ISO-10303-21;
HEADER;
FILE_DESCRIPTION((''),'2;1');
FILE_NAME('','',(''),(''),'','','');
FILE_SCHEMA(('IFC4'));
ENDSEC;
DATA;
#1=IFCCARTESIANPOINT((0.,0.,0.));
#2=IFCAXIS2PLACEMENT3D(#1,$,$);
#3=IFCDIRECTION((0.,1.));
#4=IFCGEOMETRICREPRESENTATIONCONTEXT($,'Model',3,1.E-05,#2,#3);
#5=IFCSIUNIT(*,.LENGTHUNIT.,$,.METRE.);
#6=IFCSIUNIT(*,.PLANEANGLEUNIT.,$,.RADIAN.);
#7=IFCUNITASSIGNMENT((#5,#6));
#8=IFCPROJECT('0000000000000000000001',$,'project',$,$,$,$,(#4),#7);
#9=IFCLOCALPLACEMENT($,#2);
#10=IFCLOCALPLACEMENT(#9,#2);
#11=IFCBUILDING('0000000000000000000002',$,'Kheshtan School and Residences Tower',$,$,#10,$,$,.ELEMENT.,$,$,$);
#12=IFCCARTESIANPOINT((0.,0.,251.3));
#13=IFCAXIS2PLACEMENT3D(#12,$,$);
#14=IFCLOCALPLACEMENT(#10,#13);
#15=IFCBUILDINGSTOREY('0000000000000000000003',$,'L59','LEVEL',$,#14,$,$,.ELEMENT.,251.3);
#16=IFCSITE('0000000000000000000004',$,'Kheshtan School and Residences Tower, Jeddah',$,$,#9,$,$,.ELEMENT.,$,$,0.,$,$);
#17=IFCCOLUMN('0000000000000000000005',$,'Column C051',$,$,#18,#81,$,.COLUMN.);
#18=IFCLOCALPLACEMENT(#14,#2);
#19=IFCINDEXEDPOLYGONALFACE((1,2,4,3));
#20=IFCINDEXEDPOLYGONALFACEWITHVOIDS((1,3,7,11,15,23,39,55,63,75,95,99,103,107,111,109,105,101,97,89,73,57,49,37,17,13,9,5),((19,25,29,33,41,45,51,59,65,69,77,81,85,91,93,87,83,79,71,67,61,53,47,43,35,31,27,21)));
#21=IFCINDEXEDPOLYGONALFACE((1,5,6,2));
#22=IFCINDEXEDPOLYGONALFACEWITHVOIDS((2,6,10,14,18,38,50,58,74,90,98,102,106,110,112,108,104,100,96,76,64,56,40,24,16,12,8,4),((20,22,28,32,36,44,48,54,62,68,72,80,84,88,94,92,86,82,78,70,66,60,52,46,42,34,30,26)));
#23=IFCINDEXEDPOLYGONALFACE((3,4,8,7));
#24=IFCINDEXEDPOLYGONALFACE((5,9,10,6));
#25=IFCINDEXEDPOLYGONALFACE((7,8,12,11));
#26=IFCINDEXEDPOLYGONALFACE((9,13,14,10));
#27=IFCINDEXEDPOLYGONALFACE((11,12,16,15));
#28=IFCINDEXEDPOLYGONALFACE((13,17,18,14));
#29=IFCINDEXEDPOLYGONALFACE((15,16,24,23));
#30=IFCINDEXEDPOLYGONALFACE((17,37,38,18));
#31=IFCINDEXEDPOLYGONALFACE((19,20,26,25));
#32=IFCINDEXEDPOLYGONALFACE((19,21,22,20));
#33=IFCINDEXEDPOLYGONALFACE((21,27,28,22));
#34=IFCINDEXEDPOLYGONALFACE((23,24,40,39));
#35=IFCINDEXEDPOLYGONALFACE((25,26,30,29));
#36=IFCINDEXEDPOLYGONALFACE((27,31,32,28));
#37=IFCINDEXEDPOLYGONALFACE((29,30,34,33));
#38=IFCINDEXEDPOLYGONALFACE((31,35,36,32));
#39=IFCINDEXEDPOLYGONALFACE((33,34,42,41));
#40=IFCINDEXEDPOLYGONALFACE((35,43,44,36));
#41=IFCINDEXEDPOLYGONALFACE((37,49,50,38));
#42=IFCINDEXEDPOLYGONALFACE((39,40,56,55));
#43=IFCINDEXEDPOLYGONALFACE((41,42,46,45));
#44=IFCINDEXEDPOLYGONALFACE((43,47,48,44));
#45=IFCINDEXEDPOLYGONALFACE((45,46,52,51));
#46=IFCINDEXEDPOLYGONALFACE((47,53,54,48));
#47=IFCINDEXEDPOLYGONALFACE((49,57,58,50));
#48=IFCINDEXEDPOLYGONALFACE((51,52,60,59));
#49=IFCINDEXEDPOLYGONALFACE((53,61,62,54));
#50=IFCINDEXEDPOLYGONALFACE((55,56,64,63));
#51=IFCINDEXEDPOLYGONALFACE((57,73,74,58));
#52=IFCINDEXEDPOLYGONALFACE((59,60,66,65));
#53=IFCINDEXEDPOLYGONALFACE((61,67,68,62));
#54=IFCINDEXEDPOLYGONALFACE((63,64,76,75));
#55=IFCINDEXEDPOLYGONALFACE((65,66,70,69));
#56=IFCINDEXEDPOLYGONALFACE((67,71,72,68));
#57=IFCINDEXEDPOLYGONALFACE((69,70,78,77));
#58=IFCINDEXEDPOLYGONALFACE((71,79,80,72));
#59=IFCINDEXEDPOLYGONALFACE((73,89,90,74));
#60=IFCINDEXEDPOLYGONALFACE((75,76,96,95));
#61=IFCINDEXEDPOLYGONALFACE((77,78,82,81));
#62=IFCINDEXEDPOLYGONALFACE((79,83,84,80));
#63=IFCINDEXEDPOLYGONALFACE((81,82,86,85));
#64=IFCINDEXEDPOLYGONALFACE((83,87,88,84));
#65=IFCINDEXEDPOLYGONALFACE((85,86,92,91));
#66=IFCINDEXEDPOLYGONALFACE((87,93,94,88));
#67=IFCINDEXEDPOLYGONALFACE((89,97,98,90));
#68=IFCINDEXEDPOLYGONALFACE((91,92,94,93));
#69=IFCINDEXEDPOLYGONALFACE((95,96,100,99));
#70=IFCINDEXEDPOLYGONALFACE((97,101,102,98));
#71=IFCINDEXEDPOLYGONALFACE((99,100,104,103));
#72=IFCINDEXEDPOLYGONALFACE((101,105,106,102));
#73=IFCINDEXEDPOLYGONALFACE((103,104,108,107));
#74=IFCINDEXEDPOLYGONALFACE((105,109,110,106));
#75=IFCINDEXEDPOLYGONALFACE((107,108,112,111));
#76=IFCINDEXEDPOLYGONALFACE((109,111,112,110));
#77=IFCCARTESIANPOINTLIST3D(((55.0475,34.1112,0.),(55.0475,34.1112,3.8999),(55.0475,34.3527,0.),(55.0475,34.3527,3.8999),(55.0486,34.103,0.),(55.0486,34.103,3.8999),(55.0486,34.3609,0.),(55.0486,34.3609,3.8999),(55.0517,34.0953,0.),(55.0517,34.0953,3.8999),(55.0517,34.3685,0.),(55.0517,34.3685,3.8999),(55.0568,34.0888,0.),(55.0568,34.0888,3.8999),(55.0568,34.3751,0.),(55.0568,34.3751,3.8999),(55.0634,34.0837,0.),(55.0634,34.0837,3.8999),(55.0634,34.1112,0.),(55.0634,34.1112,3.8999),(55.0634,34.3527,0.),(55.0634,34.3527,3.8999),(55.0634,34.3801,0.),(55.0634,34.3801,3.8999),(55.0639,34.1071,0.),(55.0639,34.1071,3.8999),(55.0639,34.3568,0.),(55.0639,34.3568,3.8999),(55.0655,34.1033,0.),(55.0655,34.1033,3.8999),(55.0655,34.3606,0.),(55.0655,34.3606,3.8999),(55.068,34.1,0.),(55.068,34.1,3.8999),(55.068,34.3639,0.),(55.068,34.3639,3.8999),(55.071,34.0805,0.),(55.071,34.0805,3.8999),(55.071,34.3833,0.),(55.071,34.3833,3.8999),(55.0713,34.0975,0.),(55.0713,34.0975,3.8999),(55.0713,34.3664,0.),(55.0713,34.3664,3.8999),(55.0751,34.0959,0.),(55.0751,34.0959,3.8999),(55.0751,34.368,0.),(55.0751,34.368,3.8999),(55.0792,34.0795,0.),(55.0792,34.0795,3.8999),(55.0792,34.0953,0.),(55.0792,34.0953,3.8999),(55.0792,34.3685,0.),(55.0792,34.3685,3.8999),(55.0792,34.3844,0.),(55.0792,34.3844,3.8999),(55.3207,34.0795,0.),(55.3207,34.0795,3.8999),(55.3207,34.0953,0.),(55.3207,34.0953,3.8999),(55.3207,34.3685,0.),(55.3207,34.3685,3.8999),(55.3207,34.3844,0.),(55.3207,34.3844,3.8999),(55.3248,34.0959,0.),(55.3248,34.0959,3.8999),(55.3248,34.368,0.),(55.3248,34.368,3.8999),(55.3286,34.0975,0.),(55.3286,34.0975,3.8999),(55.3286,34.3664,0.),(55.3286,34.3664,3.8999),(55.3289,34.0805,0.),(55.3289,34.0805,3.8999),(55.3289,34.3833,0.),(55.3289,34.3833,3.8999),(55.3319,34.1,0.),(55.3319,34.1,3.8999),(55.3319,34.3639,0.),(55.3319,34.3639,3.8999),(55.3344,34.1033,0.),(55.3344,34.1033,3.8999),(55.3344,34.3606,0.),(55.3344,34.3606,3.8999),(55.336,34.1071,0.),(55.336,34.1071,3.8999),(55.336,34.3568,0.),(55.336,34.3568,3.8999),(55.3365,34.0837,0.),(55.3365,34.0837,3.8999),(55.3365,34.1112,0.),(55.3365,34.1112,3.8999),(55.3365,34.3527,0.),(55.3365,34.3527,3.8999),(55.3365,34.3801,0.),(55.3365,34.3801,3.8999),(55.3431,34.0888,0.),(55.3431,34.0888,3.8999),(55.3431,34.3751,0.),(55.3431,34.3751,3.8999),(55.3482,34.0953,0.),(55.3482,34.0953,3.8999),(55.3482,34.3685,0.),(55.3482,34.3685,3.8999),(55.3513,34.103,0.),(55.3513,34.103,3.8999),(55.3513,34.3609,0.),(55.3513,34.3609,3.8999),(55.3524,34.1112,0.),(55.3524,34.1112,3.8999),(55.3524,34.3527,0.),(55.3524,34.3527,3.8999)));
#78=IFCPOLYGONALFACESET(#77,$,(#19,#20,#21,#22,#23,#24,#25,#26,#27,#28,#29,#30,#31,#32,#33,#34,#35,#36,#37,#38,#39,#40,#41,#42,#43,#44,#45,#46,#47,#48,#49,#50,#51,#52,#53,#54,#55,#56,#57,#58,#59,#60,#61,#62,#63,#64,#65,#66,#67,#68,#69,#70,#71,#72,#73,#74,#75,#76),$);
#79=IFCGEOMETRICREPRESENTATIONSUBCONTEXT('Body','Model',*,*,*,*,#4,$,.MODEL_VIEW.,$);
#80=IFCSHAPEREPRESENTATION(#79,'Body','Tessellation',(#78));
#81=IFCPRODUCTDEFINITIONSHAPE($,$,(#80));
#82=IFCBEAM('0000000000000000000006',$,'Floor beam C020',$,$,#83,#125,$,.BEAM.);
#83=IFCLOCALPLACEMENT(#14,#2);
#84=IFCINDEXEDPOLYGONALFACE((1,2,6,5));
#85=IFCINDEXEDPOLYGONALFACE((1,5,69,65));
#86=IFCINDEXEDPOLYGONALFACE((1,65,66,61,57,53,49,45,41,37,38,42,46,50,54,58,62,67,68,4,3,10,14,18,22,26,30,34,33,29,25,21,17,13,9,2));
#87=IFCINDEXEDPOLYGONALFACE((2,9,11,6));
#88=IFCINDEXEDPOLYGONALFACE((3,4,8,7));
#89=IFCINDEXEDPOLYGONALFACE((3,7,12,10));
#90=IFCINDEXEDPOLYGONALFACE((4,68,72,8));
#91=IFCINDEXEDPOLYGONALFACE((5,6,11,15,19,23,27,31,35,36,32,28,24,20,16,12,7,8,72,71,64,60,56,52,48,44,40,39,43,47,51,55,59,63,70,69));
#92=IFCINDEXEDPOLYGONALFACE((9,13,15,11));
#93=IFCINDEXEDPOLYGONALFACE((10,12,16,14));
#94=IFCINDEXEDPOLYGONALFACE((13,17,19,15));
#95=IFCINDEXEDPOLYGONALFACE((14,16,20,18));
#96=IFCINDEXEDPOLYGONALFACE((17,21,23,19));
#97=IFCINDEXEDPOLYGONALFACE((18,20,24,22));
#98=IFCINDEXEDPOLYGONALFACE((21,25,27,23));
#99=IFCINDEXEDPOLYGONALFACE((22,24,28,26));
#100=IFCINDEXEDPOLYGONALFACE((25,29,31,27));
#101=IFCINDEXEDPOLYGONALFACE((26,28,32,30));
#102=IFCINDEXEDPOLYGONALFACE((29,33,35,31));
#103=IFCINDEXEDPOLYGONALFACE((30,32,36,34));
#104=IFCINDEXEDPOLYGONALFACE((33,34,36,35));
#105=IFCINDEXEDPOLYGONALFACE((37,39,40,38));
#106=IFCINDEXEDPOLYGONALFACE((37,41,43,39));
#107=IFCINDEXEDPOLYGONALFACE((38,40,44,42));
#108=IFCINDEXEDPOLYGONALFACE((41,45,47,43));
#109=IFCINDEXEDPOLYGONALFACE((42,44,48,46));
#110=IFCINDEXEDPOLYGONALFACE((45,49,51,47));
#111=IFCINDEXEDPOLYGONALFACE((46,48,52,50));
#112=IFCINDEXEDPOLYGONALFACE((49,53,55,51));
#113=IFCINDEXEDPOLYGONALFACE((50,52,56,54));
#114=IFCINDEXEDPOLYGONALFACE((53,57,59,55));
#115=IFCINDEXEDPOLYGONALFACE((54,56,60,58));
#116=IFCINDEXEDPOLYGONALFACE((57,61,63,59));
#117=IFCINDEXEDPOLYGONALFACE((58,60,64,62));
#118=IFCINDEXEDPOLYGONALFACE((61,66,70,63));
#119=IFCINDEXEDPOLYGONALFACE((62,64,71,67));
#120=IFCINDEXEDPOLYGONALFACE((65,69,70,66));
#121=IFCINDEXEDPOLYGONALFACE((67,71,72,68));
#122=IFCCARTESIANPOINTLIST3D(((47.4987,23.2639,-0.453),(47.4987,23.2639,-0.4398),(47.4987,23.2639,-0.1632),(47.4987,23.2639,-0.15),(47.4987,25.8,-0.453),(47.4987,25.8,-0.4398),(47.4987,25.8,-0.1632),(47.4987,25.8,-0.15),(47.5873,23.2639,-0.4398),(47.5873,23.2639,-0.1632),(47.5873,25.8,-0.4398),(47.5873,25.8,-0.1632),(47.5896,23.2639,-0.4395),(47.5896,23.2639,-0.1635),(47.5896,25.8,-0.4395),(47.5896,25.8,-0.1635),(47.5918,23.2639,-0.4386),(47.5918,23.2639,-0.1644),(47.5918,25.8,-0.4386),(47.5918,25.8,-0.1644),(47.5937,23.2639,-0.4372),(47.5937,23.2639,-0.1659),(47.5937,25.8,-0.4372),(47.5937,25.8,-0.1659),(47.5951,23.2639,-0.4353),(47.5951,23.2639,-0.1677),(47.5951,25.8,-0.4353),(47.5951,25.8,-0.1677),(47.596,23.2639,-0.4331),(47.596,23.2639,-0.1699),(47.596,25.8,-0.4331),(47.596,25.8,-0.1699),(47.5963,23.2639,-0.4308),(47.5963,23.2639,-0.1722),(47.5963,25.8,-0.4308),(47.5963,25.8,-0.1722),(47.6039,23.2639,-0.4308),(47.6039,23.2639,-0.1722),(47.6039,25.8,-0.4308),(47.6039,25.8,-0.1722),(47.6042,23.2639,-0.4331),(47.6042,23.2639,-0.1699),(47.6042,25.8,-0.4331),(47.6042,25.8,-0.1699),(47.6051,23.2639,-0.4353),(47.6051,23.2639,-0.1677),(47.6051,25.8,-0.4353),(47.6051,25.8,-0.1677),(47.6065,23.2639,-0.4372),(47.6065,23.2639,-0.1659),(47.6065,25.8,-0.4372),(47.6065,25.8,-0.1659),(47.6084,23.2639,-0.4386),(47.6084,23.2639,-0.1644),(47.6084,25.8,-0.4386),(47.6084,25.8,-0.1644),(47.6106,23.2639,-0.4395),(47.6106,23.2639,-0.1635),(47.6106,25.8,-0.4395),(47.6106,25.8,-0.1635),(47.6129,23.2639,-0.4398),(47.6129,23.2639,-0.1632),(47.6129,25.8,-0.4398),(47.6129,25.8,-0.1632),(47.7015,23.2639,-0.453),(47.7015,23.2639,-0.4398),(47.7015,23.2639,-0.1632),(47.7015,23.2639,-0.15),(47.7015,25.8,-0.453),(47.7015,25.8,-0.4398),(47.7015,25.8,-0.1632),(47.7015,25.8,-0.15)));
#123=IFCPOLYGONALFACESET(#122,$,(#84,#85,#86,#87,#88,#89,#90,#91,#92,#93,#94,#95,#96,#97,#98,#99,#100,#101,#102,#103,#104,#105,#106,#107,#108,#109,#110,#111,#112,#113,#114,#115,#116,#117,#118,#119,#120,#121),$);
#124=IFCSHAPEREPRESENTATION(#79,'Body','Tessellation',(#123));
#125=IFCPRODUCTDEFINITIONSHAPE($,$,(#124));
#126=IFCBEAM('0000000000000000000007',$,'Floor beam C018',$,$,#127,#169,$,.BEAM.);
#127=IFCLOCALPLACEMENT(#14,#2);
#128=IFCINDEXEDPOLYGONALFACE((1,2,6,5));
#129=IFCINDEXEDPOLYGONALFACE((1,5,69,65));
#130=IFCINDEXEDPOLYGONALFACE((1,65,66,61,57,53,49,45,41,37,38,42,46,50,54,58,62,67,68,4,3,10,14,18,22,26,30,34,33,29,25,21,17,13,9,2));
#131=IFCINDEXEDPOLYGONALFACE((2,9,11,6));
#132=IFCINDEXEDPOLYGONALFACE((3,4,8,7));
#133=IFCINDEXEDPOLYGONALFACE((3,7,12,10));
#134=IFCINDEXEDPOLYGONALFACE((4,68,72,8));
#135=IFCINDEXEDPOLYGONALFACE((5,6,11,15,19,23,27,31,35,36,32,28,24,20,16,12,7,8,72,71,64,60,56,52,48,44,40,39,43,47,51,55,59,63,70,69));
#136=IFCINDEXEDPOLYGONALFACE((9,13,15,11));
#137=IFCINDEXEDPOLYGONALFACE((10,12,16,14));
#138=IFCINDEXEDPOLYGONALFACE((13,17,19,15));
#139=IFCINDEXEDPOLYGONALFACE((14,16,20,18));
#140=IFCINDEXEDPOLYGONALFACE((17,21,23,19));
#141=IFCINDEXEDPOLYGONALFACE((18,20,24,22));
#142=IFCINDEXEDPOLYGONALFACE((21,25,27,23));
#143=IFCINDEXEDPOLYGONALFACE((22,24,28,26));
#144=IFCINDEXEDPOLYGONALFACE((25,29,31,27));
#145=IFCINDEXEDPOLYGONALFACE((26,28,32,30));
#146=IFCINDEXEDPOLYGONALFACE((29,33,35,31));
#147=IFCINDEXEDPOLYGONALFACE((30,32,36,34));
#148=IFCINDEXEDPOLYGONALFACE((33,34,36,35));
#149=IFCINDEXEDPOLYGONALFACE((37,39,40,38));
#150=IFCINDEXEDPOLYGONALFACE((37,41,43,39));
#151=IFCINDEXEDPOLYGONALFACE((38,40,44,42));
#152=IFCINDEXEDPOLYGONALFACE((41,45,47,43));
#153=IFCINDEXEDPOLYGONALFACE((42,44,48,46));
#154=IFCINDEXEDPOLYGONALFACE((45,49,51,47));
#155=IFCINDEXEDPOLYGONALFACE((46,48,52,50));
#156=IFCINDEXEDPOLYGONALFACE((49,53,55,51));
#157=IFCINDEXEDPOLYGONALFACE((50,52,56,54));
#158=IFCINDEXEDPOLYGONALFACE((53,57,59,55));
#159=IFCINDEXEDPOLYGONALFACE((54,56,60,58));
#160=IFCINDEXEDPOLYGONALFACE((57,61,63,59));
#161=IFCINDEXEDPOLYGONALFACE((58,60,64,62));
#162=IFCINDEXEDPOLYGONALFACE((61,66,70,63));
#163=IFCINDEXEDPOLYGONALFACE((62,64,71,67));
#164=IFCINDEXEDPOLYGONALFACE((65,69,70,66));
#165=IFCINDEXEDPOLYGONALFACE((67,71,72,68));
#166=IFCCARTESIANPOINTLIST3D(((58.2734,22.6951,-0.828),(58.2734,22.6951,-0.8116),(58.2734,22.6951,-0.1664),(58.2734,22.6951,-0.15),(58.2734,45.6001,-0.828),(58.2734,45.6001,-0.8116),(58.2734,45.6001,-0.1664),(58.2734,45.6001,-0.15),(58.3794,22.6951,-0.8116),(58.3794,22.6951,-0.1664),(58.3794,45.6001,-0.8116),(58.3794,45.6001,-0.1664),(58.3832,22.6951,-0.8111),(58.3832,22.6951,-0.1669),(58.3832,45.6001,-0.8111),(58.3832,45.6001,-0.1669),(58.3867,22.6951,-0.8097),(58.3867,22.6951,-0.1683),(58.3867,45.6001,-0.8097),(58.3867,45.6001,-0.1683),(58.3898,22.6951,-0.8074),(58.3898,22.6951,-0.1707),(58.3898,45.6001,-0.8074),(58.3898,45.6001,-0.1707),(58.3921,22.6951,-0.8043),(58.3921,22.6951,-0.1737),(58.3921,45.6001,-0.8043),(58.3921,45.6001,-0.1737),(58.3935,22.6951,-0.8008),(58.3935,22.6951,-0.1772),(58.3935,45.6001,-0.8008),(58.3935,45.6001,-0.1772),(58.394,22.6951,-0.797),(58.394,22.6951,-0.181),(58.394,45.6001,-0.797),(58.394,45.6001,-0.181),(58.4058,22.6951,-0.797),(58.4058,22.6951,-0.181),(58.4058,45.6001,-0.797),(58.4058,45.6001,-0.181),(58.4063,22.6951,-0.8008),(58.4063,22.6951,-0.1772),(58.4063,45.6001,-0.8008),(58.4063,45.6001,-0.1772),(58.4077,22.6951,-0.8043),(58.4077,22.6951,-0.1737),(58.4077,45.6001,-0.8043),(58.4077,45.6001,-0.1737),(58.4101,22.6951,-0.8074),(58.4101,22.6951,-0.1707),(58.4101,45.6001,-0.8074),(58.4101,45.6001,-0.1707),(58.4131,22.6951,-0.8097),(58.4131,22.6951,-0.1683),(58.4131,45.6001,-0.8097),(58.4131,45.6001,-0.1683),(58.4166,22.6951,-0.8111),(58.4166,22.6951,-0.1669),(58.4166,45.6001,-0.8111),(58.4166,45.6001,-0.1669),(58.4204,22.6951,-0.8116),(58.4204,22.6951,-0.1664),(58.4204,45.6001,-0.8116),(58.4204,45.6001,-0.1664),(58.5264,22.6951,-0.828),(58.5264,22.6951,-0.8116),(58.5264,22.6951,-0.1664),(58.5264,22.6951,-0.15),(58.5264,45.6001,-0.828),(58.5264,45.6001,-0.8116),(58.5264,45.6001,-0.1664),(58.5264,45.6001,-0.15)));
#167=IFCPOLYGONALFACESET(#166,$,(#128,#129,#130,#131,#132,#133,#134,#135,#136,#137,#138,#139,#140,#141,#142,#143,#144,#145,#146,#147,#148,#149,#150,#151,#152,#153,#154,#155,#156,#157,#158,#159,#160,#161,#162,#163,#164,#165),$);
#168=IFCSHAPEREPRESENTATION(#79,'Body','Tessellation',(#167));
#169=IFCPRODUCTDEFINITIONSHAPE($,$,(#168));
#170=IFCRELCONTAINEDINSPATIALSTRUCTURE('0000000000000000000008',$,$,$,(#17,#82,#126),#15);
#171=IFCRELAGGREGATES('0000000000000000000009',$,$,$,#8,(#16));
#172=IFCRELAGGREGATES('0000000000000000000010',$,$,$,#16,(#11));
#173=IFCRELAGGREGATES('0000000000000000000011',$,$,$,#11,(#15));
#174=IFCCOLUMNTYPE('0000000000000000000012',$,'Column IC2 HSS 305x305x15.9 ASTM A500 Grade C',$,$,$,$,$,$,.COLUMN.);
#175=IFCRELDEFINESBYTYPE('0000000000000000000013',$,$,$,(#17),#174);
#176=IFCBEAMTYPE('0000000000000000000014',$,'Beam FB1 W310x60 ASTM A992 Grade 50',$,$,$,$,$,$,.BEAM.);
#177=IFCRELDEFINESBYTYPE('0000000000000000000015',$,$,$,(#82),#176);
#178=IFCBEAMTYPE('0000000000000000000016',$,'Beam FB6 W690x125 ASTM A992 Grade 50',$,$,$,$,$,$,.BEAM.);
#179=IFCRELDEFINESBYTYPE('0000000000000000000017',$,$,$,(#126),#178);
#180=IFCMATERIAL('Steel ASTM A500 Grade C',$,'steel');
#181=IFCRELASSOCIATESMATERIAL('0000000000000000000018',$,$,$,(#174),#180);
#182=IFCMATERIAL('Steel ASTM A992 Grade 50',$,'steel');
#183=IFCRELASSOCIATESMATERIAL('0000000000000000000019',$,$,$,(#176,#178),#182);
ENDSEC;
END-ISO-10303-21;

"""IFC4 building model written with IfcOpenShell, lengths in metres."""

from ifc_helpers import new_model, si_unit, direction, frame, origin, origin_2d, place, context, subcontext, project, spatial, hollow_rectangle, i_section, extrude, material, material_profile, profile_set, type_object, element, save


model = new_model("IFC4")

# Units and contexts
model_context = context("Model", 3, precision=1e-05, world=origin(), true_north=direction((0.0, 1.0)))
body_context = subcontext(model_context, "Body", "Model", "MODEL_VIEW")
ifc_project = project(units=[si_unit("LENGTHUNIT", "METRE"), si_unit("PLANEANGLEUNIT", "RADIAN")], contexts=[model_context])

# Site, building, storey
site_placement = place(None, origin())
site = spatial("IfcSite", under=ifc_project, at=site_placement, Name="Kheshtan School and Residences Tower, Jeddah", CompositionType="ELEMENT", RefElevation=0.0)
building_placement = place(site_placement, origin())
building = spatial("IfcBuilding", under=site, at=building_placement, Name="Kheshtan School and Residences Tower", CompositionType="ELEMENT")
storey_placement = place(building_placement, frame((0.0, 0.0, 251.3)))
storey = spatial("IfcBuildingStorey", under=building, at=storey_placement, Name="L59", Description="LEVEL", CompositionType="ELEMENT", Elevation=251.3)

# Column
ifc_material_1 = material(Name="Steel ASTM A992 Grade 50", Category="steel")
ifc_material_2 = material(Name="Steel ASTM A500 Grade C", Category="steel")
ifc_material_profile_1 = material_profile(ifc_material_2, hollow_rectangle(XDim=0.3049, YDim=0.3049, WallThickness=0.0159, InnerFilletRadius=0.0159, OuterFilletRadius=0.0317, at=origin_2d()), Name="HSS 305x305x15.9")
ifc_profile_set_1 = profile_set([ifc_material_profile_1], Name="Steel ASTM A500 Grade C")
column_type_1 = type_object("IfcColumnType", Name="Column IC2 HSS 305x305x15.9 ASTM A500 Grade C", PredefinedType="COLUMN", material=ifc_profile_set_1)
column_placement = place(storey_placement, frame((55.2, 34.2319, 0.0), z_axis=(0.0, 0.0, 1.0), x_axis=(1.0, 0.0, 0.0)))
element("IfcColumn", 1, at=column_placement, inside=storey, type_object=column_type_1, Name="Column C051", PredefinedType="COLUMN", context=body_context, shape_type="SweptSolid", body=[
    extrude(hollow_rectangle(XDim=0.3049, YDim=0.3049, WallThickness=0.0159, InnerFilletRadius=0.0159, OuterFilletRadius=0.0317, at=origin_2d()), origin(), (0.0, 0.0, 1.0), 3.8999),
])

# Beams
ifc_material_profile_2 = material_profile(ifc_material_1, i_section(OverallWidth=0.2029, OverallDepth=0.303, WebThickness=0.0076, FlangeThickness=0.0132, FilletRadius=0.009, at=origin_2d()), Name="W310x60")
ifc_profile_set_2 = profile_set([ifc_material_profile_2], Name="Steel ASTM A992 Grade 50")
beam_type_1 = type_object("IfcBeamType", Name="Beam FB1 W310x60 ASTM A992 Grade 50", PredefinedType="BEAM", material=ifc_profile_set_2)
beam_1_placement = place(storey_placement, frame((47.6001, 23.2639, -0.3015), z_axis=(0.0, 1.0, 0.0), x_axis=(-1.0, 0.0, 0.0)))
element("IfcBeam", 2, at=beam_1_placement, inside=storey, type_object=beam_type_1, Name="Floor beam C020", PredefinedType="BEAM", context=body_context, shape_type="SweptSolid", body=[
    extrude(i_section(OverallWidth=0.2029, OverallDepth=0.303, WebThickness=0.0076, FlangeThickness=0.0132, FilletRadius=0.009, at=origin_2d()), origin(), (0.0, 0.0, 1.0), 2.5361),
])
ifc_material_profile_3 = material_profile(ifc_material_1, i_section(OverallWidth=0.2529, OverallDepth=0.678, WebThickness=0.0117, FlangeThickness=0.0164, FilletRadius=0.0146, at=origin_2d()), Name="W690x125")
ifc_profile_set_3 = profile_set([ifc_material_profile_3], Name="Steel ASTM A992 Grade 50")
beam_type_2 = type_object("IfcBeamType", Name="Beam FB6 W690x125 ASTM A992 Grade 50", PredefinedType="BEAM", material=ifc_profile_set_3)
beam_2_placement = place(storey_placement, frame((58.3999, 22.6951, -0.489), z_axis=(0.0, 1.0, 0.0), x_axis=(-1.0, 0.0, 0.0)))
element("IfcBeam", 3, at=beam_2_placement, inside=storey, type_object=beam_type_2, Name="Floor beam C018", PredefinedType="BEAM", context=body_context, shape_type="SweptSolid", body=[
    extrude(i_section(OverallWidth=0.2529, OverallDepth=0.678, WebThickness=0.0117, FlangeThickness=0.0164, FilletRadius=0.0146, at=origin_2d()), origin(), (0.0, 0.0, 1.0), 22.905),
])

save(model, "model.ifc")
